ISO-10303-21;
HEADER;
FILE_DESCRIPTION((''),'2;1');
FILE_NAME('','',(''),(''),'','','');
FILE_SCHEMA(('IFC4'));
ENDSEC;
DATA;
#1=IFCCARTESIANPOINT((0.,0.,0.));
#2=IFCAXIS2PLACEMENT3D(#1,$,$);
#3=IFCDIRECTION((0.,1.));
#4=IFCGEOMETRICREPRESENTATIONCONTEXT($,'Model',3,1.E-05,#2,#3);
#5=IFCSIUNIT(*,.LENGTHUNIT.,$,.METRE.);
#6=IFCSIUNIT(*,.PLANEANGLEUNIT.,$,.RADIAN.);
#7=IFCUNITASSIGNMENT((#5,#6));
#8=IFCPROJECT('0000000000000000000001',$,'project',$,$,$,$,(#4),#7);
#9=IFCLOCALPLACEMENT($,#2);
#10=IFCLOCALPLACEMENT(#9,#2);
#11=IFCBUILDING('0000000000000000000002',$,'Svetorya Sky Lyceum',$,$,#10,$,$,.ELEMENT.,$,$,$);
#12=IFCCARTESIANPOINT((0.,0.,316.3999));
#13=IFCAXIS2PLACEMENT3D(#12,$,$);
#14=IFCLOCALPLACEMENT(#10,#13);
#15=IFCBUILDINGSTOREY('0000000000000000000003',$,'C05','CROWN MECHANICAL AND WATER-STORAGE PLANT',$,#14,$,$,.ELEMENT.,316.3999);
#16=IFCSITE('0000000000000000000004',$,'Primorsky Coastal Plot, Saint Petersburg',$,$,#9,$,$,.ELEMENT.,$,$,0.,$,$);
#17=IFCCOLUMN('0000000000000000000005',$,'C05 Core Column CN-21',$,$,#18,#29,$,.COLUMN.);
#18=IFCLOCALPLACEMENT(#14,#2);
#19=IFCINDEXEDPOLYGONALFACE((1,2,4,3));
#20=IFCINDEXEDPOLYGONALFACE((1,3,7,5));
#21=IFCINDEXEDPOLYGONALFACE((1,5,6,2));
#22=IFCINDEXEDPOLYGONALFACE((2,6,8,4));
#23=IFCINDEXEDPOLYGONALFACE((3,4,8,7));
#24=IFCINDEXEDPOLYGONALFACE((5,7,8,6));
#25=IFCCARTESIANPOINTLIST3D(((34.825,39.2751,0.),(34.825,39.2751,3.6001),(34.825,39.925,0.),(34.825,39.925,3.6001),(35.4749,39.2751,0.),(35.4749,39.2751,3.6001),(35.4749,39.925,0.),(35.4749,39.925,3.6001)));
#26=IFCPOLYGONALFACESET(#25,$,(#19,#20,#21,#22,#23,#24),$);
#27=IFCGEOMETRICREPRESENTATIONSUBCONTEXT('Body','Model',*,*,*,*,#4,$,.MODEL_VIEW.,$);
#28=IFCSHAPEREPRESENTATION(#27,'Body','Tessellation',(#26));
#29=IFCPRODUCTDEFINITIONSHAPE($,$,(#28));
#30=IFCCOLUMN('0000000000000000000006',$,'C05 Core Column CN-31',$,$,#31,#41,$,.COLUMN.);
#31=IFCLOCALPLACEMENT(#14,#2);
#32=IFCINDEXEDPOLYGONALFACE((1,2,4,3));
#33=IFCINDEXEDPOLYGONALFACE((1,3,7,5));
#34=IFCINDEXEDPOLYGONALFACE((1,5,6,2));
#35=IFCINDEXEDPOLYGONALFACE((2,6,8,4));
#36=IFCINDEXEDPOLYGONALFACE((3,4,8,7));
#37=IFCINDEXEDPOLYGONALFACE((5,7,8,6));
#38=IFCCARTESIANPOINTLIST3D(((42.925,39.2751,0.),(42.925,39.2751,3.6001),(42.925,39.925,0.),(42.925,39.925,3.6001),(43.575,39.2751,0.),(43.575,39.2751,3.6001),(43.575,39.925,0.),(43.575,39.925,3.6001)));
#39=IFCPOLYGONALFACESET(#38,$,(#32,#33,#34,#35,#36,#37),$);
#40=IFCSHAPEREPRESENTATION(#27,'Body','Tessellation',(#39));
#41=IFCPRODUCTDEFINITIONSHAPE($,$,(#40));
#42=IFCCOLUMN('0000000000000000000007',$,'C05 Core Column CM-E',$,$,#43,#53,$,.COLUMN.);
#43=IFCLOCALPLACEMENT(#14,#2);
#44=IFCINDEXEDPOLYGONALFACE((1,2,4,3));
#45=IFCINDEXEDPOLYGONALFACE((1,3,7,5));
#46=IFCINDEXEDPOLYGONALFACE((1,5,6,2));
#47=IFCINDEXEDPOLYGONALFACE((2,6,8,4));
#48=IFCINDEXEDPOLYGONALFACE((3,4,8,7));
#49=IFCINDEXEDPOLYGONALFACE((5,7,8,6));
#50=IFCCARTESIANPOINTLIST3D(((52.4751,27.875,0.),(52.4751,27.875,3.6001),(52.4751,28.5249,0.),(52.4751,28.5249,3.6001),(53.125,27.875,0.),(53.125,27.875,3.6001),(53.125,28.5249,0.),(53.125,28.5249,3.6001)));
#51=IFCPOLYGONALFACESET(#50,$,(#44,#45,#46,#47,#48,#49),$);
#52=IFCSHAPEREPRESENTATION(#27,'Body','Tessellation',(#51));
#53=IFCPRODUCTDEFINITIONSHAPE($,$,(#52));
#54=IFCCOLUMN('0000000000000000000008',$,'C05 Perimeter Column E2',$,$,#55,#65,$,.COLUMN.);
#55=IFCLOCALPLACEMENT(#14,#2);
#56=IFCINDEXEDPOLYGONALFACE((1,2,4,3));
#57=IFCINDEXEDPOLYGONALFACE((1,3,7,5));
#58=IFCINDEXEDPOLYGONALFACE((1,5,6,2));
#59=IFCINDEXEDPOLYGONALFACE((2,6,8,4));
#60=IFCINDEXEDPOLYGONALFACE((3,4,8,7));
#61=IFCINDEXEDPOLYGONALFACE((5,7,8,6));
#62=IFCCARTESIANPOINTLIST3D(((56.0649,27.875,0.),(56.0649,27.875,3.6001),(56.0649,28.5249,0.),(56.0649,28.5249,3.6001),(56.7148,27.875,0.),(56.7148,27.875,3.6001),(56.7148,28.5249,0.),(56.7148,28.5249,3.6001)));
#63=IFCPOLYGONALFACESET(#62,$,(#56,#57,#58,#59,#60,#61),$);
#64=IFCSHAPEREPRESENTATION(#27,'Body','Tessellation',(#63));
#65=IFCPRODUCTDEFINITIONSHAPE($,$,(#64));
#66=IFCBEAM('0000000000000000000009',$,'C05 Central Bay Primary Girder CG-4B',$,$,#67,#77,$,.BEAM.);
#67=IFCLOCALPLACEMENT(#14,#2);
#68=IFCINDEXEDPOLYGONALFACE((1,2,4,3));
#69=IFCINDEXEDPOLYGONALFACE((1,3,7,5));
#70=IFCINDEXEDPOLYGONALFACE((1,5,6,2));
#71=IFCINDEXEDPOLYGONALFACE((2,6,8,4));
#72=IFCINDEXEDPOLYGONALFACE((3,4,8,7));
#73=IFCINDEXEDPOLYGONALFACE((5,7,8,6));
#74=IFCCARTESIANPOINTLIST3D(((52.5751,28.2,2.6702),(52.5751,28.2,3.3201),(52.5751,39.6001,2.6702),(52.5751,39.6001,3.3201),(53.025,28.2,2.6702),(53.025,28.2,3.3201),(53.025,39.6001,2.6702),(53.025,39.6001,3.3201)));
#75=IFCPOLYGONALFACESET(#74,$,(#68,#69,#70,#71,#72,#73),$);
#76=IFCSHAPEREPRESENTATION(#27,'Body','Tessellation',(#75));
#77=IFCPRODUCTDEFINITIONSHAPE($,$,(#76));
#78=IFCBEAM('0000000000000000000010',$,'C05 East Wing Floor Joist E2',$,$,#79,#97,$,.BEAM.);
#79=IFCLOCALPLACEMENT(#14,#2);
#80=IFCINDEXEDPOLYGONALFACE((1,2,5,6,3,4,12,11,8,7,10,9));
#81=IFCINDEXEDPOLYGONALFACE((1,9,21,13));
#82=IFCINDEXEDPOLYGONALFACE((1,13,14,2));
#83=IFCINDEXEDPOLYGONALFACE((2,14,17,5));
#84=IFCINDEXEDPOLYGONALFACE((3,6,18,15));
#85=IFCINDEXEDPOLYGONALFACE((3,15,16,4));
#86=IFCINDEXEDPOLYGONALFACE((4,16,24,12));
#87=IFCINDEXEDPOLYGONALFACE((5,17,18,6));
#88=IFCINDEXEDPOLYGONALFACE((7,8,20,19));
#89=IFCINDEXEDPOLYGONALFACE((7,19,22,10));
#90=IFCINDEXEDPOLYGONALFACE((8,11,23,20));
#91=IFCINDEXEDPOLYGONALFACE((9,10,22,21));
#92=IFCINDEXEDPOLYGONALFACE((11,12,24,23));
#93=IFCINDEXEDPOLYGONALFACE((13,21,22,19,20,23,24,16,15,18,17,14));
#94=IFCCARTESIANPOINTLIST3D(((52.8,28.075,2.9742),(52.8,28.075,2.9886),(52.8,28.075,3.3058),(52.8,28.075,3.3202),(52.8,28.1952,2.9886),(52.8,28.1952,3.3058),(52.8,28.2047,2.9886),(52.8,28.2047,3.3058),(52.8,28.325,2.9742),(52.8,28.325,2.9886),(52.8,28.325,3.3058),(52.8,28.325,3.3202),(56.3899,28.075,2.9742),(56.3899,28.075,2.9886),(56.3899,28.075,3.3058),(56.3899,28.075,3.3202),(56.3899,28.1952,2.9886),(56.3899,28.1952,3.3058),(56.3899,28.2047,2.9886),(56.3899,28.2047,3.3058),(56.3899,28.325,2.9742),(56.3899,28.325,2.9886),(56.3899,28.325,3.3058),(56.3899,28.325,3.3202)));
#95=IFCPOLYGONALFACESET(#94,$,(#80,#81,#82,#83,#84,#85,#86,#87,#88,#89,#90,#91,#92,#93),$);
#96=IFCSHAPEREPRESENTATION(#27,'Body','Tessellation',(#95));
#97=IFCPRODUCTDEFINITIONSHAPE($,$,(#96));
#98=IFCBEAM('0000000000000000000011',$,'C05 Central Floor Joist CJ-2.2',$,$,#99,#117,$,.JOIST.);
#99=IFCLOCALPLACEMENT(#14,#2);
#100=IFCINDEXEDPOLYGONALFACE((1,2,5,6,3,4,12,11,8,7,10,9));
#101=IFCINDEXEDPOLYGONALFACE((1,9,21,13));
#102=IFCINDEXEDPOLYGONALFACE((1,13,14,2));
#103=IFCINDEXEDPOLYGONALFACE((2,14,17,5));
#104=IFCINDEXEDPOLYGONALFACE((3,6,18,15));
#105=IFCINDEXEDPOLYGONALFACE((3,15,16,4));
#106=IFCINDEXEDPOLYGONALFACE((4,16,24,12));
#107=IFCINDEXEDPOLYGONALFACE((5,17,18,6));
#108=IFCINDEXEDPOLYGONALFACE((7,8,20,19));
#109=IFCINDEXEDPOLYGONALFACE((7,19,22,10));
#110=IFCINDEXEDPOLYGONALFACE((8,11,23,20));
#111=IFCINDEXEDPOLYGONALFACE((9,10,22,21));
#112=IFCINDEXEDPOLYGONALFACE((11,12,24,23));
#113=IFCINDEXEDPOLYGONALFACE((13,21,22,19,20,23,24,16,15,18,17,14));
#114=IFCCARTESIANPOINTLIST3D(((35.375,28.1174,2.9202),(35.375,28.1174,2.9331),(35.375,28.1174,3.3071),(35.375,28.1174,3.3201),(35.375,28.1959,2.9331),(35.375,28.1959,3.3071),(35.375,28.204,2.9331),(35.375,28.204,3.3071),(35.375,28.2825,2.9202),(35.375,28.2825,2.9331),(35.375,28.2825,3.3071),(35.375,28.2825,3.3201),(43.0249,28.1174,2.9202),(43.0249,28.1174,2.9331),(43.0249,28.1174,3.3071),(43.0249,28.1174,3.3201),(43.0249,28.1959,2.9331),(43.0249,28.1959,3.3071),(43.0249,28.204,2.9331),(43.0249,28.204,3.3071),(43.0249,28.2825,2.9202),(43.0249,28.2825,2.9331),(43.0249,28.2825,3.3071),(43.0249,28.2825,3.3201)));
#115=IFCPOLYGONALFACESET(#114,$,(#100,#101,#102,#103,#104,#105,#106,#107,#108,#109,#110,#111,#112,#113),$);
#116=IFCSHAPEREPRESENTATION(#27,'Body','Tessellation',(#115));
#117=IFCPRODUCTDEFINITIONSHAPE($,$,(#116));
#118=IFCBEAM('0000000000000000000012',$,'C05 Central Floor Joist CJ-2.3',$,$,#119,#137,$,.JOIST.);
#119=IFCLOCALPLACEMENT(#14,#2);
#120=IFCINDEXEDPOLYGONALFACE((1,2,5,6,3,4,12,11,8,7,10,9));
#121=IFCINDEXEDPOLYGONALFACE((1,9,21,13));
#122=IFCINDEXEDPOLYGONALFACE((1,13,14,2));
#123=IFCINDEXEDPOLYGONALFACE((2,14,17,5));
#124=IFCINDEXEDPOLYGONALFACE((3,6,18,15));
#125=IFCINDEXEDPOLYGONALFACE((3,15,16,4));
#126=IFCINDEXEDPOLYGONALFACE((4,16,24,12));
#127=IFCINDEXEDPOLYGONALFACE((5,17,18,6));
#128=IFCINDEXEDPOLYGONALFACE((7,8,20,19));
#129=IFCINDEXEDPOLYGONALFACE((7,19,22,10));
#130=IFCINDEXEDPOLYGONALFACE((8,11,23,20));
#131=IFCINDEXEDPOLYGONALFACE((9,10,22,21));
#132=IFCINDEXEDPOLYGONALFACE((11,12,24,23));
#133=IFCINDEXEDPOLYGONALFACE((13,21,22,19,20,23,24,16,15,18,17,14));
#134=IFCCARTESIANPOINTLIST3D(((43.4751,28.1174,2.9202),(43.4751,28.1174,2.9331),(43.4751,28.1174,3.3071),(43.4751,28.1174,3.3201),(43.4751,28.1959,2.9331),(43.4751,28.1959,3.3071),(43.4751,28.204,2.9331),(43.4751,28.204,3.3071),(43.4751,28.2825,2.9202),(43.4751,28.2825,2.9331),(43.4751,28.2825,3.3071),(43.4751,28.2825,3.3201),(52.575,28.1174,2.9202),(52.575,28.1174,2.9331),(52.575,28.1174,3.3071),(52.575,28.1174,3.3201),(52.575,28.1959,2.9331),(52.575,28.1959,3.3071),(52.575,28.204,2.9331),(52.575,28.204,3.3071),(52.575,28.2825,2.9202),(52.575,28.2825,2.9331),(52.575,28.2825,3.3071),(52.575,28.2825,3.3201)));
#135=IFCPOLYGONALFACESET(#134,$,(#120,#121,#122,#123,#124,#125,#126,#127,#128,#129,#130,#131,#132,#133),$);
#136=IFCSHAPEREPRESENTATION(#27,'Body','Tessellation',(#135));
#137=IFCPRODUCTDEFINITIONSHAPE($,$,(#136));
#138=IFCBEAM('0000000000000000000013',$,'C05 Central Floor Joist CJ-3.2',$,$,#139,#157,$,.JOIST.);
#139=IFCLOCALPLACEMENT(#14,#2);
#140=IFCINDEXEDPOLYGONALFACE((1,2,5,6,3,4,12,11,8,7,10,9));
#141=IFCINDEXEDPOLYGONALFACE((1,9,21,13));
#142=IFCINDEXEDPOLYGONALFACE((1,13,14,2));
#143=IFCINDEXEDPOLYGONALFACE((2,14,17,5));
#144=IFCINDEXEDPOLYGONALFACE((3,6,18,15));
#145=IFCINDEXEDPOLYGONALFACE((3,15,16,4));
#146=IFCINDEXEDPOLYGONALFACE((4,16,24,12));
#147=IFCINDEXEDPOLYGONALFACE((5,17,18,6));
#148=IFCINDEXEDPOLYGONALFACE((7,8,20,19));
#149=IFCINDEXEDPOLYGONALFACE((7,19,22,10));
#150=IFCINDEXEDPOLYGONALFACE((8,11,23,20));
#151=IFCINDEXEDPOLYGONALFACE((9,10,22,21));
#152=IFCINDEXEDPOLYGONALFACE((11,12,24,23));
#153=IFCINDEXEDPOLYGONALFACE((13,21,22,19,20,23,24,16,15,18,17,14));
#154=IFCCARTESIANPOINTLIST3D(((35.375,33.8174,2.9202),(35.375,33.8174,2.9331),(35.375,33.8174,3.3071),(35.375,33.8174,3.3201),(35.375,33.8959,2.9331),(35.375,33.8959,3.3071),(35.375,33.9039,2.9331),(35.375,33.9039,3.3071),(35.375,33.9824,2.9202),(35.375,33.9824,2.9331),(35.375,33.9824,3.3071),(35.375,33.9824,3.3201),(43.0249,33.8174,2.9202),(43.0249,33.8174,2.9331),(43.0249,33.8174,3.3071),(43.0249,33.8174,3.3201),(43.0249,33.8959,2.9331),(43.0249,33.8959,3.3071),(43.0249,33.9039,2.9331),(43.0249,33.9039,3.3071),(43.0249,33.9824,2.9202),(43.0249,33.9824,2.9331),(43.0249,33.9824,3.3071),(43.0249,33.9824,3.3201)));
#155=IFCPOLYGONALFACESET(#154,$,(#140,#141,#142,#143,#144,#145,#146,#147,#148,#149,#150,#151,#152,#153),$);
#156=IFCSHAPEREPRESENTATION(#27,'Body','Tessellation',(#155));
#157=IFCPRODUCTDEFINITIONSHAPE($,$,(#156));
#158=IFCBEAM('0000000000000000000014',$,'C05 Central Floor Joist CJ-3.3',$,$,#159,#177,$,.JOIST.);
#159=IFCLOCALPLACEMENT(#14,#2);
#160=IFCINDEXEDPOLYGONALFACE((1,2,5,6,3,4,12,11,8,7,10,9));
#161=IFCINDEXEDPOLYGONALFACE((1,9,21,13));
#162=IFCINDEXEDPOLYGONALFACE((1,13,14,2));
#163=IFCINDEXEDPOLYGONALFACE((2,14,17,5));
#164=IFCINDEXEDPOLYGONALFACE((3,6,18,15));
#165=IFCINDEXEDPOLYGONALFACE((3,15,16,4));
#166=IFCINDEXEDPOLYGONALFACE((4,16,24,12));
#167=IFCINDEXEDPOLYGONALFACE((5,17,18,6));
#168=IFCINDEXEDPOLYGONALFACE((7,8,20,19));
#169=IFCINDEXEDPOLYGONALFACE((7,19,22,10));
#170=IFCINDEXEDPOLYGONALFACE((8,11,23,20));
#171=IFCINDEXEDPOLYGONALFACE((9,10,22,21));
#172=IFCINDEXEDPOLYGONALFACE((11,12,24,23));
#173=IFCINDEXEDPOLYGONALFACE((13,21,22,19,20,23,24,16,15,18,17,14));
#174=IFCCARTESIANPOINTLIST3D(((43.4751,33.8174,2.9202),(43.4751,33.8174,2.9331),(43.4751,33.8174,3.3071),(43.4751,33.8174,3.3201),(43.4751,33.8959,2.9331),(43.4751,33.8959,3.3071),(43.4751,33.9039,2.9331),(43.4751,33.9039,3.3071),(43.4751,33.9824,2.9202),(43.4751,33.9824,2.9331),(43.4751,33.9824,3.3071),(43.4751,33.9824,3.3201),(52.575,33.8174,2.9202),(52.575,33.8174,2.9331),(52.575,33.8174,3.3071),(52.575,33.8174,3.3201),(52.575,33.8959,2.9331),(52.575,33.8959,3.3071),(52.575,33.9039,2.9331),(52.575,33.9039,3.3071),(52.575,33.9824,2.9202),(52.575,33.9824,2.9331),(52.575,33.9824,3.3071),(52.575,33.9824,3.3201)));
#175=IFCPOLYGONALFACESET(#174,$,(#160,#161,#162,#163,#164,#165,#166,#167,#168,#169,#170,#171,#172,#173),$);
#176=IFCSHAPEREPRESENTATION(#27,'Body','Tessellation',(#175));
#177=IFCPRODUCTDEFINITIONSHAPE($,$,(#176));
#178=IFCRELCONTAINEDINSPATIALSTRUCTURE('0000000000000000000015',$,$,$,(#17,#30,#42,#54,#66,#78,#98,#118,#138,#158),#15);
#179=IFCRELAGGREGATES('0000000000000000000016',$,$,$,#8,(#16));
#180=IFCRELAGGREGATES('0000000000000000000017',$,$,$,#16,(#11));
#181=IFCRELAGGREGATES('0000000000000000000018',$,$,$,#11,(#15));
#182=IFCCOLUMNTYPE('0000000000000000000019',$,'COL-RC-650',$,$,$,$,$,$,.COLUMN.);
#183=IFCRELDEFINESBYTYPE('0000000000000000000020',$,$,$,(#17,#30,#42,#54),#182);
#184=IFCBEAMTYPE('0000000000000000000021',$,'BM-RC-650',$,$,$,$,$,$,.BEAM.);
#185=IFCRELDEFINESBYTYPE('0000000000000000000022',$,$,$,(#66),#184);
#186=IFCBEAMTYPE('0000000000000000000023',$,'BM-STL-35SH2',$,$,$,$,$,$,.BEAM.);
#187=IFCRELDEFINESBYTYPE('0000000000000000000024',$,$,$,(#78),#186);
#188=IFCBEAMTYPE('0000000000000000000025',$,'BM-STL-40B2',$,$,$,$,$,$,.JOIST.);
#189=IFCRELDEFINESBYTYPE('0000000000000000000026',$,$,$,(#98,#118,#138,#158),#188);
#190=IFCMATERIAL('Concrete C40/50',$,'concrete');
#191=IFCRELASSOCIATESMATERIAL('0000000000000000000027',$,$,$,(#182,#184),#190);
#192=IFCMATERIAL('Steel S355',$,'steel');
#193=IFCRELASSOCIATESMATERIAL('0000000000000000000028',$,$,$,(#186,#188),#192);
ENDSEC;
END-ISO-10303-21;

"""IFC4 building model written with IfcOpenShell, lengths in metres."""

from ifc_helpers import new_model, si_unit, direction, frame, origin, origin_2d, place, context, subcontext, project, spatial, rectangle, i_section, extrude, material, material_profile, profile_set, type_object, element, save


model = new_model("IFC4")

# Units and contexts
model_context = context("Model", 3, precision=1e-05, world=origin(), true_north=direction((0.0, 1.0)))
body_context = subcontext(model_context, "Body", "Model", "MODEL_VIEW")
ifc_project = project(units=[si_unit("LENGTHUNIT", "METRE"), si_unit("PLANEANGLEUNIT", "RADIAN")], contexts=[model_context])

# Site, building, storey
site_placement = place(None, origin())
site = spatial("IfcSite", under=ifc_project, at=site_placement, Name="Primorsky Coastal Plot, Saint Petersburg", CompositionType="ELEMENT", RefElevation=0.0)
building_placement = place(site_placement, origin())
building = spatial("IfcBuilding", under=site, at=building_placement, Name="Svetorya Sky Lyceum", CompositionType="ELEMENT")
storey_placement = place(building_placement, frame((0.0, 0.0, 316.3999)))
storey = spatial("IfcBuildingStorey", under=building, at=storey_placement, Name="C05", Description="CROWN MECHANICAL AND WATER-STORAGE PLANT", CompositionType="ELEMENT", Elevation=316.3999)

# Columns
ifc_material_1 = material(Name="Concrete C40/50", Category="concrete")
ifc_material_profile_1 = material_profile(ifc_material_1, rectangle(XDim=0.6499, YDim=0.6499, at=origin_2d()), Name="RC COL 650x650")
ifc_profile_set_1 = profile_set([ifc_material_profile_1], Name="Concrete C40/50")
column_type = type_object("IfcColumnType", Name="COL-RC-650", PredefinedType="COLUMN", material=ifc_profile_set_1)
for number, where, z_axis, x_axis, name in (
    (1, (35.1499, 39.6001, 0.0), (0.0, 0.0, 1.0), (1.0, 0.0, 0.0), "C05 Core Column CN-21"),
    (2, (43.25, 39.6001, 0.0), (0.0, 0.0, 1.0), (1.0, 0.0, 0.0), "C05 Core Column CN-31"),
    (3, (52.8, 28.2, 0.0), (0.0, 0.0, 1.0), (1.0, 0.0, 0.0), "C05 Core Column CM-E"),
    (4, (56.3899, 28.2, 0.0), (0.0, 0.0, 1.0), (1.0, 0.0, 0.0), "C05 Perimeter Column E2"),
):
    element("IfcColumn", number, at=place(storey_placement, frame(where, z_axis=z_axis, x_axis=x_axis)), inside=storey, type_object=column_type, Name=name, PredefinedType="COLUMN", context=body_context, shape_type="SweptSolid", body=[
        extrude(rectangle(XDim=0.6499, YDim=0.6499, at=origin_2d()), origin(), (0.0, 0.0, 1.0), 3.6001),
    ])

# Beams
ifc_material_profile_2 = material_profile(ifc_material_1, rectangle(XDim=0.45, YDim=0.6499, at=origin_2d()), Name="RC BEAM 450x650")
ifc_profile_set_2 = profile_set([ifc_material_profile_2], Name="Concrete C40/50")
beam_type_1 = type_object("IfcBeamType", Name="BM-RC-650", PredefinedType="BEAM", material=ifc_profile_set_2)
beam_1_placement = place(storey_placement, frame((52.8, 28.2, 2.9951), z_axis=(0.0, 1.0, 0.0), x_axis=(-1.0, 0.0, 0.0)))
element("IfcBeam", 5, at=beam_1_placement, inside=storey, type_object=beam_type_1, Name="C05 Central Bay Primary Girder CG-4B", PredefinedType="BEAM", context=body_context, shape_type="SweptSolid", body=[
    extrude(rectangle(XDim=0.45, YDim=0.6499, at=origin_2d()), origin(), (0.0, 0.0, 1.0), 11.4001),
])
ifc_material_2 = material(Name="Steel S355", Category="steel")
ifc_material_profile_3 = material_profile(ifc_material_2, i_section(OverallWidth=0.25, OverallDepth=0.3459, WebThickness=0.0095, FlangeThickness=0.0144, at=origin_2d()), Name="GOST 35Sh2")
ifc_profile_set_3 = profile_set([ifc_material_profile_3], Name="Steel S355")
beam_type_2 = type_object("IfcBeamType", Name="BM-STL-35SH2", PredefinedType="BEAM", material=ifc_profile_set_3)
beam_2_placement = place(storey_placement, frame((52.8, 28.2, 3.1472), z_axis=(1.0, 0.0, 0.0), x_axis=(0.0, 1.0, 0.0)))
element("IfcBeam", 6, at=beam_2_placement, inside=storey, type_object=beam_type_2, Name="C05 East Wing Floor Joist E2", PredefinedType="BEAM", context=body_context, shape_type="SweptSolid", body=[
    extrude(i_section(OverallWidth=0.25, OverallDepth=0.3459, WebThickness=0.0095, FlangeThickness=0.0144, at=origin_2d()), origin(), (0.0, 0.0, 1.0), 3.5898),
])
ifc_material_profile_4 = material_profile(ifc_material_2, i_section(OverallWidth=0.165, OverallDepth=0.3999, WebThickness=0.0081, FlangeThickness=0.0129, at=origin_2d()), Name="GOST 40B2")
ifc_profile_set_4 = profile_set([ifc_material_profile_4], Name="Steel S355")
beam_type_3 = type_object("IfcBeamType", Name="BM-STL-40B2", PredefinedType="JOIST", material=ifc_profile_set_4)
beam_3_placement = place(storey_placement, frame((35.375, 28.2, 3.1201), z_axis=(1.0, 0.0, 0.0), x_axis=(0.0, 1.0, 0.0)))
element("IfcBeam", 7, at=beam_3_placement, inside=storey, type_object=beam_type_3, Name="C05 Central Floor Joist CJ-2.2", PredefinedType="JOIST", context=body_context, shape_type="SweptSolid", body=[
    extrude(i_section(OverallWidth=0.165, OverallDepth=0.3999, WebThickness=0.0081, FlangeThickness=0.0129, at=origin_2d()), origin(), (0.0, 0.0, 1.0), 7.6499),
])
beam_4_placement = place(storey_placement, frame((43.4751, 28.2, 3.1201), z_axis=(1.0, 0.0, 0.0), x_axis=(0.0, 1.0, 0.0)))
element("IfcBeam", 8, at=beam_4_placement, inside=storey, type_object=beam_type_3, Name="C05 Central Floor Joist CJ-2.3", PredefinedType="JOIST", context=body_context, shape_type="SweptSolid", body=[
    extrude(i_section(OverallWidth=0.165, OverallDepth=0.3999, WebThickness=0.0081, FlangeThickness=0.0129, at=origin_2d()), origin(), (0.0, 0.0, 1.0), 9.0999),
])
beam_5_placement = place(storey_placement, frame((35.375, 33.8999, 3.1201), z_axis=(1.0, 0.0, 0.0), x_axis=(0.0, 1.0, 0.0)))
element("IfcBeam", 9, at=beam_5_placement, inside=storey, type_object=beam_type_3, Name="C05 Central Floor Joist CJ-3.2", PredefinedType="JOIST", context=body_context, shape_type="SweptSolid", body=[
    extrude(i_section(OverallWidth=0.165, OverallDepth=0.3999, WebThickness=0.0081, FlangeThickness=0.0129, at=origin_2d()), origin(), (0.0, 0.0, 1.0), 7.6499),
])
beam_6_placement = place(storey_placement, frame((43.4751, 33.8999, 3.1201), z_axis=(1.0, 0.0, 0.0), x_axis=(0.0, 1.0, 0.0)))
element("IfcBeam", 10, at=beam_6_placement, inside=storey, type_object=beam_type_3, Name="C05 Central Floor Joist CJ-3.3", PredefinedType="JOIST", context=body_context, shape_type="SweptSolid", body=[
    extrude(i_section(OverallWidth=0.165, OverallDepth=0.3999, WebThickness=0.0081, FlangeThickness=0.0129, at=origin_2d()), origin(), (0.0, 0.0, 1.0), 9.0999),
])

save(model, "model.ifc")
